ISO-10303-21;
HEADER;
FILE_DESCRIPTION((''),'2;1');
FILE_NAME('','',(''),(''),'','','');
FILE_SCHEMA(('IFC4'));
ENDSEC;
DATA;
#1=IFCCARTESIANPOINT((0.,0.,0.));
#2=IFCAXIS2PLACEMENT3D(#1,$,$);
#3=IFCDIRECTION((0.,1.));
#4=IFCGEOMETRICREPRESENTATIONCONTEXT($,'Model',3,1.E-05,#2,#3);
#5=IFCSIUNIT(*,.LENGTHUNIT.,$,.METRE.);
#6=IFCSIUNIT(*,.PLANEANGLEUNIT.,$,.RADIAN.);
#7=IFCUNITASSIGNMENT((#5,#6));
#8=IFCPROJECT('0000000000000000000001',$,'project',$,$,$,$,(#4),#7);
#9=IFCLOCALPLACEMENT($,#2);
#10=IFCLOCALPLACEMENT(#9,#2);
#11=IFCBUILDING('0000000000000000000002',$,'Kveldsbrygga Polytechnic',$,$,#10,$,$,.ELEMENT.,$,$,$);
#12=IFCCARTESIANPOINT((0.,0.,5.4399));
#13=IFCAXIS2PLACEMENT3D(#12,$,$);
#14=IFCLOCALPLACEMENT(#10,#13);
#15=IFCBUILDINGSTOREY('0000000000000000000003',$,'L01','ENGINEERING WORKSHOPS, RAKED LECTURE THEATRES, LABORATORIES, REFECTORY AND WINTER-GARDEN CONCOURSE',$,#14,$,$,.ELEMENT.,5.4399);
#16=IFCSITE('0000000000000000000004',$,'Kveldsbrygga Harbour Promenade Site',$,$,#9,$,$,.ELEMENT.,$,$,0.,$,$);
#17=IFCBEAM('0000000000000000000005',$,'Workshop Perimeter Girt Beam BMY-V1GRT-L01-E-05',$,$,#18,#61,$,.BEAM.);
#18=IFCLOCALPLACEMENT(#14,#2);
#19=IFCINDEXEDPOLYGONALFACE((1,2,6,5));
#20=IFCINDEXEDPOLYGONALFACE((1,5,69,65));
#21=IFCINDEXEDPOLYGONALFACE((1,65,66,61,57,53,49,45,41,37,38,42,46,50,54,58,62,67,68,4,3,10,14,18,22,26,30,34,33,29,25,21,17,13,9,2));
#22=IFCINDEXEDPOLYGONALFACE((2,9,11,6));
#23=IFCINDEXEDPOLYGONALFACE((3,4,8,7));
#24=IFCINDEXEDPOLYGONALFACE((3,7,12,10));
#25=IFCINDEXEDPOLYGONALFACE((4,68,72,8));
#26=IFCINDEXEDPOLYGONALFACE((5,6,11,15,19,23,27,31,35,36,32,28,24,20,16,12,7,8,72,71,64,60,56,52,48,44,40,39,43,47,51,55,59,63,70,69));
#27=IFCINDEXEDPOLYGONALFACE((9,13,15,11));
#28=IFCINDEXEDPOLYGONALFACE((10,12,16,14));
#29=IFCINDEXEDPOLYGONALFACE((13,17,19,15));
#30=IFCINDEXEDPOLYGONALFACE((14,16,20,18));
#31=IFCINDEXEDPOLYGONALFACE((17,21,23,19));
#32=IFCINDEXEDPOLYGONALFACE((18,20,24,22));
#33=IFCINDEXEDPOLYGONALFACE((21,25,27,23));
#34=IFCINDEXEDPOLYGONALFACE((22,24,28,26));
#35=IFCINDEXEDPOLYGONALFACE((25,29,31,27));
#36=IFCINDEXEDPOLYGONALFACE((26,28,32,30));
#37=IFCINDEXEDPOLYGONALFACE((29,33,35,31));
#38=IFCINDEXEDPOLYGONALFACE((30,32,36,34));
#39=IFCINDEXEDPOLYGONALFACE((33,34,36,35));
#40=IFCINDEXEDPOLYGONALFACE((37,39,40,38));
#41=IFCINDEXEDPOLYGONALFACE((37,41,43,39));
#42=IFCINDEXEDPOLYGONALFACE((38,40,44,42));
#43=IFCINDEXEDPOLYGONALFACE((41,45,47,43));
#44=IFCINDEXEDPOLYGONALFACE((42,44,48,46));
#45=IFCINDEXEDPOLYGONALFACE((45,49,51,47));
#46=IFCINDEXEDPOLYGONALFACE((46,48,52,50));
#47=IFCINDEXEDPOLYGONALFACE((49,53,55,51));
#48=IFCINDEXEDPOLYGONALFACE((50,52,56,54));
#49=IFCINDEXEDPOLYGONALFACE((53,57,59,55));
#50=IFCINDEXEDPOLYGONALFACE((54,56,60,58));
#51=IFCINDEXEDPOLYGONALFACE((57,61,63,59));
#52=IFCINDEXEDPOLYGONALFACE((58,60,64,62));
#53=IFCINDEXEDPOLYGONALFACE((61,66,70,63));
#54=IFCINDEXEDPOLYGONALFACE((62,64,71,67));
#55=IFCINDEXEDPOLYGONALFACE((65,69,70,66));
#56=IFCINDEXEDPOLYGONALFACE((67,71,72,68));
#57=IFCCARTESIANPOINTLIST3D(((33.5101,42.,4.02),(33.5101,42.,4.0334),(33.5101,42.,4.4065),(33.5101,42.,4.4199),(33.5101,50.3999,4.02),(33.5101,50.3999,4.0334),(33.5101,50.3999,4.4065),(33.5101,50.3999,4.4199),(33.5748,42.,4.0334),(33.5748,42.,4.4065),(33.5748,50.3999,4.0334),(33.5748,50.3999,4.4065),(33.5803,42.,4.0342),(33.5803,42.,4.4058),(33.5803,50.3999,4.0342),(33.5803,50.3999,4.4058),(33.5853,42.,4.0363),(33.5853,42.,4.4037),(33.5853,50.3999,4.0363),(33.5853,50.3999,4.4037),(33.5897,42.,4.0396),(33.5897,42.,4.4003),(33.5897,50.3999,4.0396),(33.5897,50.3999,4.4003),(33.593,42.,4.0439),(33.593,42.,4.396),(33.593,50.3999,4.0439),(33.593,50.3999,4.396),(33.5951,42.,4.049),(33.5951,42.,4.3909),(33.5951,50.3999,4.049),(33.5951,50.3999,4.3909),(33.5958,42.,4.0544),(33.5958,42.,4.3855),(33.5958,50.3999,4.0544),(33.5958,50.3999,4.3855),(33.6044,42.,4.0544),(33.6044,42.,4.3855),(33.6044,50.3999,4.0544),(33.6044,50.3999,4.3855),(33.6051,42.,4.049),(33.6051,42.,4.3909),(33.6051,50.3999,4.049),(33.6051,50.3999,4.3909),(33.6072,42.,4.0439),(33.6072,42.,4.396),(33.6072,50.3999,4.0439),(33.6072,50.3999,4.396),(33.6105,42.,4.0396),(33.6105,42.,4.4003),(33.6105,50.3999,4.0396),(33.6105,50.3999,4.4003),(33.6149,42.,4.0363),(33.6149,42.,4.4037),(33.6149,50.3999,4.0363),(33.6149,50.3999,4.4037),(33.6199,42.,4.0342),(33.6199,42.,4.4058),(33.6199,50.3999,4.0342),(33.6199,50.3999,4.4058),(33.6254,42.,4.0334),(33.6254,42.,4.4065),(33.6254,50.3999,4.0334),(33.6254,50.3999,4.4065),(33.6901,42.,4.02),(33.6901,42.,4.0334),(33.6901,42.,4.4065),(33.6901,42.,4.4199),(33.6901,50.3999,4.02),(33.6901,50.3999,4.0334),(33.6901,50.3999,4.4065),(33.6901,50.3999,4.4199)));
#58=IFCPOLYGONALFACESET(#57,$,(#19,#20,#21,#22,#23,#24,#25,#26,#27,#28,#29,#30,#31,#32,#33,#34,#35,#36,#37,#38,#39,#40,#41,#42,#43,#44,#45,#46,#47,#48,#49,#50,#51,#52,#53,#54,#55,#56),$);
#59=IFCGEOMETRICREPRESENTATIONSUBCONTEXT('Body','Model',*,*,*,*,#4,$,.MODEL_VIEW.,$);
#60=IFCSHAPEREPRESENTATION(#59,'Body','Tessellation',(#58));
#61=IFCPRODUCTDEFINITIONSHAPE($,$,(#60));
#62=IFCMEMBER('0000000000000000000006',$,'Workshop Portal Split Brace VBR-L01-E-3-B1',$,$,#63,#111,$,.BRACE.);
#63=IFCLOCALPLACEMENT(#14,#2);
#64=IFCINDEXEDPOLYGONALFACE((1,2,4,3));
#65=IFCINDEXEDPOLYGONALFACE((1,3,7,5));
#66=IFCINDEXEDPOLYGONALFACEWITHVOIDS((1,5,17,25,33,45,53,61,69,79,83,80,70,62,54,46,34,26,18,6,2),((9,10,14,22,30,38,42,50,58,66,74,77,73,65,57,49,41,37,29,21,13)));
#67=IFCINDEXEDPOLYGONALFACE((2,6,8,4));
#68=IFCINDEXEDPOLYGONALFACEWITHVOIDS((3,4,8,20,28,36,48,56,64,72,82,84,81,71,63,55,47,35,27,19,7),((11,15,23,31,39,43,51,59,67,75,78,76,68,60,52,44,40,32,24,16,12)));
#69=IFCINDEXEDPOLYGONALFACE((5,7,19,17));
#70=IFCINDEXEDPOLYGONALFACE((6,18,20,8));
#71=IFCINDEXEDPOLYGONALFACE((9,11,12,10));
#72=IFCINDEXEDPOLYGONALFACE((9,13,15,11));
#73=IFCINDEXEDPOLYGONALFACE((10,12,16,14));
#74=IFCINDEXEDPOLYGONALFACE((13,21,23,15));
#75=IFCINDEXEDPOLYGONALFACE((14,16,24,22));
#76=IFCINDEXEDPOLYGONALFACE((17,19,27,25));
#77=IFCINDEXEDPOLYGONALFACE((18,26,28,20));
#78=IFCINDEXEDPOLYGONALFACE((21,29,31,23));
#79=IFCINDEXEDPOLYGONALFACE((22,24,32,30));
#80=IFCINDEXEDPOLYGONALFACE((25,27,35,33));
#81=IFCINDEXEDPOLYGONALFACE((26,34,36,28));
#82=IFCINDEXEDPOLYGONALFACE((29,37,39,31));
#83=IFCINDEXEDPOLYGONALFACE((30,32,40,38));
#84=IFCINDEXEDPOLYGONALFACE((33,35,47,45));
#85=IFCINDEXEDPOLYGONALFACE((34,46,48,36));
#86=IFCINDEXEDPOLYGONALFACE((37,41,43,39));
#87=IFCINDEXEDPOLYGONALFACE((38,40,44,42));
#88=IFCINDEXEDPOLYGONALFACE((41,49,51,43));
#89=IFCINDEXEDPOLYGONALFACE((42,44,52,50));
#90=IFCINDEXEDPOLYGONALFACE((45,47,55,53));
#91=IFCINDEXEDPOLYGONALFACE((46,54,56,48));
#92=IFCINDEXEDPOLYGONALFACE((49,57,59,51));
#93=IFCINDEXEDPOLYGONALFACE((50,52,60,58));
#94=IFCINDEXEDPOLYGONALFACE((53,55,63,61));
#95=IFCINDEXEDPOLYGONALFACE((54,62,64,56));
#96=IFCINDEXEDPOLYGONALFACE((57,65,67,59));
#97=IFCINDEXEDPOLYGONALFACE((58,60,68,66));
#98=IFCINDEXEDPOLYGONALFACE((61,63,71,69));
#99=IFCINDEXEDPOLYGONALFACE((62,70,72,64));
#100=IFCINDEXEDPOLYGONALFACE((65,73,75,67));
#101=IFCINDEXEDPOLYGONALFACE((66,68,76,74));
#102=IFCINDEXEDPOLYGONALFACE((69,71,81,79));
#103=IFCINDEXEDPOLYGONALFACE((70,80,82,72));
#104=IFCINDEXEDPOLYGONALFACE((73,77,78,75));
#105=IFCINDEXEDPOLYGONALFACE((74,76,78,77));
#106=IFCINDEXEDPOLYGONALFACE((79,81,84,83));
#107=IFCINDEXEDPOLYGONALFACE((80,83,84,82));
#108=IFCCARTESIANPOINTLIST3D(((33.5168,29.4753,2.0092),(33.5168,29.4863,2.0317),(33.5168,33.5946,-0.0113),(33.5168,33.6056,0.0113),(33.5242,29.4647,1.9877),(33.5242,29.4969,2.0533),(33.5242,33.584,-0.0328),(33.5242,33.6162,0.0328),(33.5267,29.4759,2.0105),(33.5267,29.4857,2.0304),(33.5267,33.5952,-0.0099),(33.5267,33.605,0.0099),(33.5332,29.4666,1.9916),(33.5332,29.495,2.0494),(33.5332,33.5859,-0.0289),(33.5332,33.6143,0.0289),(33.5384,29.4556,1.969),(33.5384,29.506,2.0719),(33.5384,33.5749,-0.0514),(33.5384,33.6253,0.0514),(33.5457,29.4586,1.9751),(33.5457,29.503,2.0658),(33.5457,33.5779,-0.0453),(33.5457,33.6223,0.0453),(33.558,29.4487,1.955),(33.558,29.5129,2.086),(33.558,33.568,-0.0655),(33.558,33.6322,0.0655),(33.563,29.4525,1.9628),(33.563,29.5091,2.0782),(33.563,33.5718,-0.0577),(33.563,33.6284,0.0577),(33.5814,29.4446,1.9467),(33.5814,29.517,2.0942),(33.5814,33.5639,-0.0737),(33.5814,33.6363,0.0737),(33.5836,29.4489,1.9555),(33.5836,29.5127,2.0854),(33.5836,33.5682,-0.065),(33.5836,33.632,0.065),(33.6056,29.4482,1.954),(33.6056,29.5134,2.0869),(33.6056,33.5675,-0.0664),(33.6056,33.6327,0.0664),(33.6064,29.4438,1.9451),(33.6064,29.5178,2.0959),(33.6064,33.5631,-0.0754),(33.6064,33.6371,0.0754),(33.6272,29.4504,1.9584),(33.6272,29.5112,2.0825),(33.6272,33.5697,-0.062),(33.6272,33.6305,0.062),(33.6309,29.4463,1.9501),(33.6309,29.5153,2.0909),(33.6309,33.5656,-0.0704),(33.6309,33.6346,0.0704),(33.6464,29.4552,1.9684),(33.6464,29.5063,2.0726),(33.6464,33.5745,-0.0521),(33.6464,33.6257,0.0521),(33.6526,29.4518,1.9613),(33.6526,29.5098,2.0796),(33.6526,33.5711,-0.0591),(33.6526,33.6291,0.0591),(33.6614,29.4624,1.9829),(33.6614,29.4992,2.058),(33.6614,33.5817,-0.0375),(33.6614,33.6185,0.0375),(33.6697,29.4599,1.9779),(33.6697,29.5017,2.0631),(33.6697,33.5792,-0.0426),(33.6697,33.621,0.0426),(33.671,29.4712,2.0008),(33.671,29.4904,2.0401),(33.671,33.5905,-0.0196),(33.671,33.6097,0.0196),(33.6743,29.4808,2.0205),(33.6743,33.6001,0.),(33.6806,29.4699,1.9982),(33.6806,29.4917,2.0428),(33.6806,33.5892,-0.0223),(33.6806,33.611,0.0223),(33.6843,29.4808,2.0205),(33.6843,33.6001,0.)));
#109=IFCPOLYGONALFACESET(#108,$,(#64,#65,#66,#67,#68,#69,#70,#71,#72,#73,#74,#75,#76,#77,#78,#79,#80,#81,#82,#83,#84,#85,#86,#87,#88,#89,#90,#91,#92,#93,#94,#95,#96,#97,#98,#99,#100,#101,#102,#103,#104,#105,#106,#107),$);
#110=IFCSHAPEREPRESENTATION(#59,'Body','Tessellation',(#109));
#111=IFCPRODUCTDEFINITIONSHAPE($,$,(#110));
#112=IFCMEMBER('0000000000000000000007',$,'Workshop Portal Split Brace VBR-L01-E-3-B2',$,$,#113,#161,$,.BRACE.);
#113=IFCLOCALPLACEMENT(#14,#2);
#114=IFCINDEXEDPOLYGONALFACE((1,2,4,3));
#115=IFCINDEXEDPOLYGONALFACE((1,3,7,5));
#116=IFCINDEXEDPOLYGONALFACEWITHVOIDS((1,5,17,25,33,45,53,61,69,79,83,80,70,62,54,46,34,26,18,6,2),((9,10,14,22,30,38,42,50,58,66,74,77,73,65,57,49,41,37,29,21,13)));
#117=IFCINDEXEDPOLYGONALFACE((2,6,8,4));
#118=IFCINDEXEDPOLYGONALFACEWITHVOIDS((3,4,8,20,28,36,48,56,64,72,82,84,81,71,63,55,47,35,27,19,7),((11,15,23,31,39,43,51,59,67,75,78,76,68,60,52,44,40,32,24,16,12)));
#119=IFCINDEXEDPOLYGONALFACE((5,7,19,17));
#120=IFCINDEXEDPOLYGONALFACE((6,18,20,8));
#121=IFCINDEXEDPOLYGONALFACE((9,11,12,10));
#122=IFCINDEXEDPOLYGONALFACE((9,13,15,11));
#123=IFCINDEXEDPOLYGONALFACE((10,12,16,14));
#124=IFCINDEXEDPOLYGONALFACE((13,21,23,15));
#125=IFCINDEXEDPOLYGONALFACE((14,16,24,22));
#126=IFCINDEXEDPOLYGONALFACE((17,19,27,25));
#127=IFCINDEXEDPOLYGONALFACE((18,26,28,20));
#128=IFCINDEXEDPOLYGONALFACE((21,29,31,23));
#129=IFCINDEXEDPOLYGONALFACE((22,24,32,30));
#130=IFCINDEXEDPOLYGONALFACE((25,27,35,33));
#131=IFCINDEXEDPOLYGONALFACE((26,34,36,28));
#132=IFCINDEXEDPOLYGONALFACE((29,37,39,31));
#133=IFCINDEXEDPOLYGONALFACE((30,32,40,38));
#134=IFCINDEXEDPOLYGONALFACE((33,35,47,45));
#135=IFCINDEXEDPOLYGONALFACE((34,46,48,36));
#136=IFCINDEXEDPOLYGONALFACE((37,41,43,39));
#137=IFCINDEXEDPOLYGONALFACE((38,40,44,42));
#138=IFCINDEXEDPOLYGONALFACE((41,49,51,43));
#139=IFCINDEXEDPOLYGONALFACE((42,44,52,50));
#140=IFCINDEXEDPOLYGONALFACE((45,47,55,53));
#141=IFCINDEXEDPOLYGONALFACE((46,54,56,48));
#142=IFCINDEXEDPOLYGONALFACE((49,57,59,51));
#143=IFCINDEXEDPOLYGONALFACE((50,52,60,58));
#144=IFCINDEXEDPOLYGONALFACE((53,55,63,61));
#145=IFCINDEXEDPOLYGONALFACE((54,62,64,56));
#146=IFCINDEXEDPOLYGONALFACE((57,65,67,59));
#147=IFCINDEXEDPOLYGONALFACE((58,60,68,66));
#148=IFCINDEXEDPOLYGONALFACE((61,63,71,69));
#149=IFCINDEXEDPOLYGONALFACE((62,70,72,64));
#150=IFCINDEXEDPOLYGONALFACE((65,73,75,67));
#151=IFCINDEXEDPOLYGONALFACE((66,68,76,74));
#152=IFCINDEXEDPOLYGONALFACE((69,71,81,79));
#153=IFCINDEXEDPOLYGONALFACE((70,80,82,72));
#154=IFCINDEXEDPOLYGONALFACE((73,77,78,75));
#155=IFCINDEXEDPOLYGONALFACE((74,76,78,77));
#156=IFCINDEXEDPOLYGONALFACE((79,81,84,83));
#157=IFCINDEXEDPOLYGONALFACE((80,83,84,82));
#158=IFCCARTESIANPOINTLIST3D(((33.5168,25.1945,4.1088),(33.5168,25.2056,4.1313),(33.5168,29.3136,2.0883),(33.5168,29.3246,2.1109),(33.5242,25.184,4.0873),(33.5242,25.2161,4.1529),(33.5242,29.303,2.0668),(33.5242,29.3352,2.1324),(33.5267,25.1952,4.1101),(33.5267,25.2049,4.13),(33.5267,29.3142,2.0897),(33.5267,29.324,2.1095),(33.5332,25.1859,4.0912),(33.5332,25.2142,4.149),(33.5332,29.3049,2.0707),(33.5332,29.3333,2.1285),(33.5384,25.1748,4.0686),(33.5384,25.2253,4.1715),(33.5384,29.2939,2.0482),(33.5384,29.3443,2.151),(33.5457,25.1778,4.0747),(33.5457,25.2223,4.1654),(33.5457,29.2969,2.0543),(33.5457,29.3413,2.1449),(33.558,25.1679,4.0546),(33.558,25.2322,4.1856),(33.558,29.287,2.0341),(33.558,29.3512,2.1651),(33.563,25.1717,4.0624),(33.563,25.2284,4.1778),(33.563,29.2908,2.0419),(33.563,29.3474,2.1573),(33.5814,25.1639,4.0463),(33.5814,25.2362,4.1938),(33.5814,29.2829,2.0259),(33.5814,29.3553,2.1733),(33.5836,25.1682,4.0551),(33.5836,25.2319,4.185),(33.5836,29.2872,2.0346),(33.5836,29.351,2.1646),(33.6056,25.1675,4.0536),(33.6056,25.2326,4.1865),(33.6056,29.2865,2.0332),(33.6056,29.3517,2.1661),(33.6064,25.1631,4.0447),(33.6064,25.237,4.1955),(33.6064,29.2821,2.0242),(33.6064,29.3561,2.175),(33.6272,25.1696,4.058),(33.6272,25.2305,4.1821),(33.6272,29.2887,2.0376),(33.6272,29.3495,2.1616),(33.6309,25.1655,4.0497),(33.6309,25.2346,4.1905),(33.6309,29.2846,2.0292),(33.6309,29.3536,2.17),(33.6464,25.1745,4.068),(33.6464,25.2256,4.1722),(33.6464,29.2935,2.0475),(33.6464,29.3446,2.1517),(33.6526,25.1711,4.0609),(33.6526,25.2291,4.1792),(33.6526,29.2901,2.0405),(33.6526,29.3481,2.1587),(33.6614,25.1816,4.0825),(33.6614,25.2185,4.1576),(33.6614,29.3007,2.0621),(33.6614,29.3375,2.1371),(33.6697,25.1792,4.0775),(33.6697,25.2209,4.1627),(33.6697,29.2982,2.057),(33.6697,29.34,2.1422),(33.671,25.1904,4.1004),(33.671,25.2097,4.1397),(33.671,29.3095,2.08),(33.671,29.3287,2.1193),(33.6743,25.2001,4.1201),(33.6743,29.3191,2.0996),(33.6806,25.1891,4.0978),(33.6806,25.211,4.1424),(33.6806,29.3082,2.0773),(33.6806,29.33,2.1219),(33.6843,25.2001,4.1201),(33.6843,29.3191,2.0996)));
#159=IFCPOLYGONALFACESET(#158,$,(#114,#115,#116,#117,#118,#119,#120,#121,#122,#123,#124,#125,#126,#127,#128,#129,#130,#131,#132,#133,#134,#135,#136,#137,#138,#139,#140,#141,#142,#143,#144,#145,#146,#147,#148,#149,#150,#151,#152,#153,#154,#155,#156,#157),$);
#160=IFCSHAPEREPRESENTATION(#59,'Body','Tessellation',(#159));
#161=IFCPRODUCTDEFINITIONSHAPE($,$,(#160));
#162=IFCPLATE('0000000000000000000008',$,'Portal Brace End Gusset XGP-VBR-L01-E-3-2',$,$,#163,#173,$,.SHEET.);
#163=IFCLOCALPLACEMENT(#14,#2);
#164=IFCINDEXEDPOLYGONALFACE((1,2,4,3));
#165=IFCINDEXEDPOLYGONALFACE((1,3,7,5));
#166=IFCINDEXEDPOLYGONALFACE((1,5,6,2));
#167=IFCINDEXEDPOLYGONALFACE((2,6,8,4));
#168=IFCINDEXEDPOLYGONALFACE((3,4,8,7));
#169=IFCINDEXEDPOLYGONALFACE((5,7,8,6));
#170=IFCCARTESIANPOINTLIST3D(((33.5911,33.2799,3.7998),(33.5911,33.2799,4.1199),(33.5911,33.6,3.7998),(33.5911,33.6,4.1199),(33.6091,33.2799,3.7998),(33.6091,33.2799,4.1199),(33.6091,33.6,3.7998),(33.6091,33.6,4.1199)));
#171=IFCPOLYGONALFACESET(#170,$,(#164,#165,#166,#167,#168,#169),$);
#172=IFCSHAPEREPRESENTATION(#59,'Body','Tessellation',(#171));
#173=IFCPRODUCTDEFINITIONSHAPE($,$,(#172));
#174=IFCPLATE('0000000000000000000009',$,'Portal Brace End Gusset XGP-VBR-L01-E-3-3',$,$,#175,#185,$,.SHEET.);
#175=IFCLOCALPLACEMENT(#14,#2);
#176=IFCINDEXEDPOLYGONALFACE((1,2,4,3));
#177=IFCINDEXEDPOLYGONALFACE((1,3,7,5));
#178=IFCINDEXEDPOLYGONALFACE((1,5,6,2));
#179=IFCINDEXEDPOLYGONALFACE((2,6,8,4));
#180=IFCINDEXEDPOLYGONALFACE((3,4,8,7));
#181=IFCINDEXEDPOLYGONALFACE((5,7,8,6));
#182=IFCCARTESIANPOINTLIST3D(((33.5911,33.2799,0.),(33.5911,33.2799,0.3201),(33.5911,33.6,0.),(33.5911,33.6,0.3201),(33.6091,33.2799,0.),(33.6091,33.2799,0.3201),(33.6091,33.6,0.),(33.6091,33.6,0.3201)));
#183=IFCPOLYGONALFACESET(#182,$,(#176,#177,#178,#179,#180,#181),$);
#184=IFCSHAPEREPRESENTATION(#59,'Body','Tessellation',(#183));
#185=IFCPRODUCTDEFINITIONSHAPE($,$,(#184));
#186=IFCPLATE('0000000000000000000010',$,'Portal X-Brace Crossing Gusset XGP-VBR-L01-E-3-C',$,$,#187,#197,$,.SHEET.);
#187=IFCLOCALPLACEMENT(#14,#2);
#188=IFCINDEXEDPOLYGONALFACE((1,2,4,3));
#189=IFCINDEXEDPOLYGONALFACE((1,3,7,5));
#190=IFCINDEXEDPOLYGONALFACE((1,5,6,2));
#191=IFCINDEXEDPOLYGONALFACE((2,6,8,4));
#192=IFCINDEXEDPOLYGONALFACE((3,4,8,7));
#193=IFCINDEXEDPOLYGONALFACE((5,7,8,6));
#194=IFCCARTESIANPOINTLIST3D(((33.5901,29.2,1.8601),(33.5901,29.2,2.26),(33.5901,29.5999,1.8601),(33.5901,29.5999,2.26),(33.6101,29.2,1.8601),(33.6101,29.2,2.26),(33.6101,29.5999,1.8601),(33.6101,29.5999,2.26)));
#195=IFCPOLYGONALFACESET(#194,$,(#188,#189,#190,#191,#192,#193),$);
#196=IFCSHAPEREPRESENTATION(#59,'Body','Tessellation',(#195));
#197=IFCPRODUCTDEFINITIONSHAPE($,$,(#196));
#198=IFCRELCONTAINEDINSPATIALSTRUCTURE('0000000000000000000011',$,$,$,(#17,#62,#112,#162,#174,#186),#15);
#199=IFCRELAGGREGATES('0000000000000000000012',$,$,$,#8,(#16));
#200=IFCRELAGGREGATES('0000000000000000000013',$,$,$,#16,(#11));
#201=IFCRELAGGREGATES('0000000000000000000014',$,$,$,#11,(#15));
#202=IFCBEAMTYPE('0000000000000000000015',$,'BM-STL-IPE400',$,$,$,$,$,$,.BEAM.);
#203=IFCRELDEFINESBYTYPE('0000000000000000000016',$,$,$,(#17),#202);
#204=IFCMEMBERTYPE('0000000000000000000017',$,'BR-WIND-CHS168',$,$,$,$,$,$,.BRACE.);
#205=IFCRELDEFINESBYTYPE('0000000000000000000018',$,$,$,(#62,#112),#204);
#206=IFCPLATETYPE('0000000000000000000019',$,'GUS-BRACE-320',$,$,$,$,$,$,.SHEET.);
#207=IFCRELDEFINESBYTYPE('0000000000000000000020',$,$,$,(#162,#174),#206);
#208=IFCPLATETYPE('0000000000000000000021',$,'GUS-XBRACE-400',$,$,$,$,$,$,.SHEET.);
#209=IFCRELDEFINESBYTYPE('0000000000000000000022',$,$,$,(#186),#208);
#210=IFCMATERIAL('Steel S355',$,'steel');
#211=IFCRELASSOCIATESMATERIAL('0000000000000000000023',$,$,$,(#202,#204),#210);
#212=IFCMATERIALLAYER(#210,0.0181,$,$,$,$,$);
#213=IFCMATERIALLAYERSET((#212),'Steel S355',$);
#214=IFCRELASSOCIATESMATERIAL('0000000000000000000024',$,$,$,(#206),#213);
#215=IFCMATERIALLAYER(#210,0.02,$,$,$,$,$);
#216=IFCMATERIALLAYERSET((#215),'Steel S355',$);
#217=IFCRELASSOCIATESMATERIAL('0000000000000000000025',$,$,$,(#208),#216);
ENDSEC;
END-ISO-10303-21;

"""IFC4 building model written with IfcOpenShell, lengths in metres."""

from ifc_helpers import new_model, si_unit, direction, frame, origin, origin_2d, place, context, subcontext, project, spatial, rectangle, hollow_circle, i_section, extrude, material, layer, layer_set, material_profile, profile_set, type_object, element, save


model = new_model("IFC4")

# Units and contexts
model_context = context("Model", 3, precision=1e-05, world=origin(), true_north=direction((0.0, 1.0)))
body_context = subcontext(model_context, "Body", "Model", "MODEL_VIEW")
ifc_project = project(units=[si_unit("LENGTHUNIT", "METRE"), si_unit("PLANEANGLEUNIT", "RADIAN")], contexts=[model_context])

# Site, building, storey
site_placement = place(None, origin())
site = spatial("IfcSite", under=ifc_project, at=site_placement, Name="Kveldsbrygga Harbour Promenade Site", CompositionType="ELEMENT", RefElevation=0.0)
building_placement = place(site_placement, origin())
building = spatial("IfcBuilding", under=site, at=building_placement, Name="Kveldsbrygga Polytechnic", CompositionType="ELEMENT")
storey_placement = place(building_placement, frame((0.0, 0.0, 5.4399)))
storey = spatial("IfcBuildingStorey", under=building, at=storey_placement, Name="L01", Description="ENGINEERING WORKSHOPS, RAKED LECTURE THEATRES, LABORATORIES, REFECTORY AND WINTER-GARDEN CONCOURSE", CompositionType="ELEMENT", Elevation=5.4399)

# Beam
ifc_material_1 = material(Name="Steel S355", Category="steel")
ifc_material_profile_1 = material_profile(ifc_material_1, i_section(OverallWidth=0.1799, OverallDepth=0.3999, WebThickness=0.0085, FlangeThickness=0.0134, FilletRadius=0.021, at=origin_2d()), Name="IPE 400")
ifc_profile_set_1 = profile_set([ifc_material_profile_1], Name="Steel S355")
beam_type_1 = type_object("IfcBeamType", Name="BM-STL-IPE400", PredefinedType="BEAM", material=ifc_profile_set_1)
for number, where, z_axis, x_axis, name in (
    (1, (33.6001, 42.0, 4.22), (0.0, 1.0, 0.0), (-1.0, 0.0, 0.0), "Workshop Perimeter Girt Beam BMY-V1GRT-L01-E-05"),
):
    element("IfcBeam", number, at=place(storey_placement, frame(where, z_axis=z_axis, x_axis=x_axis)), inside=storey, type_object=beam_type_1, Name=name, PredefinedType="BEAM", context=body_context, shape_type="SweptSolid", body=[
        extrude(i_section(OverallWidth=0.1799, OverallDepth=0.3999, WebThickness=0.0085, FlangeThickness=0.0134, FilletRadius=0.021, at=origin_2d()), origin(), (0.0, 0.0, 1.0), 8.3999),
    ])

# Members
ifc_material_profile_2 = material_profile(ifc_material_1, hollow_circle(Radius=0.0842, WallThickness=0.01, at=origin_2d()), Name="CHS 168.3x10.0")
ifc_profile_set_2 = profile_set([ifc_material_profile_2], Name="Steel S355")
member_type = type_object("IfcMemberType", Name="BR-WIND-CHS168", PredefinedType="BRACE", material=ifc_profile_set_2)
member_1_placement = place(storey_placement, frame((33.6001, 33.6001, 0.0), z_axis=(0.0, -0.897817, 0.440368), x_axis=(1.0, 0.0, 0.0)))
element("IfcMember", 2, at=member_1_placement, inside=storey, type_object=member_type, Name="Workshop Portal Split Brace VBR-L01-E-3-B1", PredefinedType="BRACE", context=body_context, shape_type="SweptSolid", body=[
    extrude(hollow_circle(Radius=0.0842, WallThickness=0.01, at=origin_2d()), origin(), (0.0, 0.0, 1.0), 4.5881),
])
member_2_placement = place(storey_placement, frame((33.6001, 29.3191, 2.0996), z_axis=(0.0, -0.897807, 0.440389), x_axis=(1.0, 0.0, 0.0)))
element("IfcMember", 3, at=member_2_placement, inside=storey, type_object=member_type, Name="Workshop Portal Split Brace VBR-L01-E-3-B2", PredefinedType="BRACE", context=body_context, shape_type="SweptSolid", body=[
    extrude(hollow_circle(Radius=0.0842, WallThickness=0.01, at=origin_2d()), origin(), (0.0, 0.0, 1.0), 4.5879),
])

# Plates
ifc_layer_1 = layer(ifc_material_1, 0.0181)
ifc_layer_set_1 = layer_set([ifc_layer_1], Name="Steel S355")
plate_type_1 = type_object("IfcPlateType", Name="GUS-BRACE-320", PredefinedType="SHEET", material=ifc_layer_set_1)
for number, where, z_axis, x_axis, name in (
    (4, (33.6001, 33.4399, 3.7998), (0.0, 0.0, 1.0), (1.0, 0.0, 0.0), "Portal Brace End Gusset XGP-VBR-L01-E-3-2"),
    (5, (33.6001, 33.4399, 0.0), (0.0, 0.0, 1.0), (1.0, 0.0, 0.0), "Portal Brace End Gusset XGP-VBR-L01-E-3-3"),
):
    element("IfcPlate", number, at=place(storey_placement, frame(where, z_axis=z_axis, x_axis=x_axis)), inside=storey, type_object=plate_type_1, Name=name, PredefinedType="SHEET", context=body_context, shape_type="SweptSolid", body=[
        extrude(rectangle(XDim=0.0181, YDim=0.3201, at=origin_2d()), origin(), (0.0, 0.0, 1.0), 0.3201),
    ])
ifc_layer_2 = layer(ifc_material_1, 0.02)
ifc_layer_set_2 = layer_set([ifc_layer_2], Name="Steel S355")
plate_type_2 = type_object("IfcPlateType", Name="GUS-XBRACE-400", PredefinedType="SHEET", material=ifc_layer_set_2)
plate_placement = place(storey_placement, frame((33.6001, 29.3999, 1.8601), z_axis=(0.0, 0.0, 1.0), x_axis=(1.0, 0.0, 0.0)))
element("IfcPlate", 6, at=plate_placement, inside=storey, type_object=plate_type_2, Name="Portal X-Brace Crossing Gusset XGP-VBR-L01-E-3-C", PredefinedType="SHEET", context=body_context, shape_type="SweptSolid", body=[
    extrude(rectangle(XDim=0.02, YDim=0.3999, at=origin_2d()), origin(), (0.0, 0.0, 1.0), 0.3999),
])

save(model, "model.ifc")
